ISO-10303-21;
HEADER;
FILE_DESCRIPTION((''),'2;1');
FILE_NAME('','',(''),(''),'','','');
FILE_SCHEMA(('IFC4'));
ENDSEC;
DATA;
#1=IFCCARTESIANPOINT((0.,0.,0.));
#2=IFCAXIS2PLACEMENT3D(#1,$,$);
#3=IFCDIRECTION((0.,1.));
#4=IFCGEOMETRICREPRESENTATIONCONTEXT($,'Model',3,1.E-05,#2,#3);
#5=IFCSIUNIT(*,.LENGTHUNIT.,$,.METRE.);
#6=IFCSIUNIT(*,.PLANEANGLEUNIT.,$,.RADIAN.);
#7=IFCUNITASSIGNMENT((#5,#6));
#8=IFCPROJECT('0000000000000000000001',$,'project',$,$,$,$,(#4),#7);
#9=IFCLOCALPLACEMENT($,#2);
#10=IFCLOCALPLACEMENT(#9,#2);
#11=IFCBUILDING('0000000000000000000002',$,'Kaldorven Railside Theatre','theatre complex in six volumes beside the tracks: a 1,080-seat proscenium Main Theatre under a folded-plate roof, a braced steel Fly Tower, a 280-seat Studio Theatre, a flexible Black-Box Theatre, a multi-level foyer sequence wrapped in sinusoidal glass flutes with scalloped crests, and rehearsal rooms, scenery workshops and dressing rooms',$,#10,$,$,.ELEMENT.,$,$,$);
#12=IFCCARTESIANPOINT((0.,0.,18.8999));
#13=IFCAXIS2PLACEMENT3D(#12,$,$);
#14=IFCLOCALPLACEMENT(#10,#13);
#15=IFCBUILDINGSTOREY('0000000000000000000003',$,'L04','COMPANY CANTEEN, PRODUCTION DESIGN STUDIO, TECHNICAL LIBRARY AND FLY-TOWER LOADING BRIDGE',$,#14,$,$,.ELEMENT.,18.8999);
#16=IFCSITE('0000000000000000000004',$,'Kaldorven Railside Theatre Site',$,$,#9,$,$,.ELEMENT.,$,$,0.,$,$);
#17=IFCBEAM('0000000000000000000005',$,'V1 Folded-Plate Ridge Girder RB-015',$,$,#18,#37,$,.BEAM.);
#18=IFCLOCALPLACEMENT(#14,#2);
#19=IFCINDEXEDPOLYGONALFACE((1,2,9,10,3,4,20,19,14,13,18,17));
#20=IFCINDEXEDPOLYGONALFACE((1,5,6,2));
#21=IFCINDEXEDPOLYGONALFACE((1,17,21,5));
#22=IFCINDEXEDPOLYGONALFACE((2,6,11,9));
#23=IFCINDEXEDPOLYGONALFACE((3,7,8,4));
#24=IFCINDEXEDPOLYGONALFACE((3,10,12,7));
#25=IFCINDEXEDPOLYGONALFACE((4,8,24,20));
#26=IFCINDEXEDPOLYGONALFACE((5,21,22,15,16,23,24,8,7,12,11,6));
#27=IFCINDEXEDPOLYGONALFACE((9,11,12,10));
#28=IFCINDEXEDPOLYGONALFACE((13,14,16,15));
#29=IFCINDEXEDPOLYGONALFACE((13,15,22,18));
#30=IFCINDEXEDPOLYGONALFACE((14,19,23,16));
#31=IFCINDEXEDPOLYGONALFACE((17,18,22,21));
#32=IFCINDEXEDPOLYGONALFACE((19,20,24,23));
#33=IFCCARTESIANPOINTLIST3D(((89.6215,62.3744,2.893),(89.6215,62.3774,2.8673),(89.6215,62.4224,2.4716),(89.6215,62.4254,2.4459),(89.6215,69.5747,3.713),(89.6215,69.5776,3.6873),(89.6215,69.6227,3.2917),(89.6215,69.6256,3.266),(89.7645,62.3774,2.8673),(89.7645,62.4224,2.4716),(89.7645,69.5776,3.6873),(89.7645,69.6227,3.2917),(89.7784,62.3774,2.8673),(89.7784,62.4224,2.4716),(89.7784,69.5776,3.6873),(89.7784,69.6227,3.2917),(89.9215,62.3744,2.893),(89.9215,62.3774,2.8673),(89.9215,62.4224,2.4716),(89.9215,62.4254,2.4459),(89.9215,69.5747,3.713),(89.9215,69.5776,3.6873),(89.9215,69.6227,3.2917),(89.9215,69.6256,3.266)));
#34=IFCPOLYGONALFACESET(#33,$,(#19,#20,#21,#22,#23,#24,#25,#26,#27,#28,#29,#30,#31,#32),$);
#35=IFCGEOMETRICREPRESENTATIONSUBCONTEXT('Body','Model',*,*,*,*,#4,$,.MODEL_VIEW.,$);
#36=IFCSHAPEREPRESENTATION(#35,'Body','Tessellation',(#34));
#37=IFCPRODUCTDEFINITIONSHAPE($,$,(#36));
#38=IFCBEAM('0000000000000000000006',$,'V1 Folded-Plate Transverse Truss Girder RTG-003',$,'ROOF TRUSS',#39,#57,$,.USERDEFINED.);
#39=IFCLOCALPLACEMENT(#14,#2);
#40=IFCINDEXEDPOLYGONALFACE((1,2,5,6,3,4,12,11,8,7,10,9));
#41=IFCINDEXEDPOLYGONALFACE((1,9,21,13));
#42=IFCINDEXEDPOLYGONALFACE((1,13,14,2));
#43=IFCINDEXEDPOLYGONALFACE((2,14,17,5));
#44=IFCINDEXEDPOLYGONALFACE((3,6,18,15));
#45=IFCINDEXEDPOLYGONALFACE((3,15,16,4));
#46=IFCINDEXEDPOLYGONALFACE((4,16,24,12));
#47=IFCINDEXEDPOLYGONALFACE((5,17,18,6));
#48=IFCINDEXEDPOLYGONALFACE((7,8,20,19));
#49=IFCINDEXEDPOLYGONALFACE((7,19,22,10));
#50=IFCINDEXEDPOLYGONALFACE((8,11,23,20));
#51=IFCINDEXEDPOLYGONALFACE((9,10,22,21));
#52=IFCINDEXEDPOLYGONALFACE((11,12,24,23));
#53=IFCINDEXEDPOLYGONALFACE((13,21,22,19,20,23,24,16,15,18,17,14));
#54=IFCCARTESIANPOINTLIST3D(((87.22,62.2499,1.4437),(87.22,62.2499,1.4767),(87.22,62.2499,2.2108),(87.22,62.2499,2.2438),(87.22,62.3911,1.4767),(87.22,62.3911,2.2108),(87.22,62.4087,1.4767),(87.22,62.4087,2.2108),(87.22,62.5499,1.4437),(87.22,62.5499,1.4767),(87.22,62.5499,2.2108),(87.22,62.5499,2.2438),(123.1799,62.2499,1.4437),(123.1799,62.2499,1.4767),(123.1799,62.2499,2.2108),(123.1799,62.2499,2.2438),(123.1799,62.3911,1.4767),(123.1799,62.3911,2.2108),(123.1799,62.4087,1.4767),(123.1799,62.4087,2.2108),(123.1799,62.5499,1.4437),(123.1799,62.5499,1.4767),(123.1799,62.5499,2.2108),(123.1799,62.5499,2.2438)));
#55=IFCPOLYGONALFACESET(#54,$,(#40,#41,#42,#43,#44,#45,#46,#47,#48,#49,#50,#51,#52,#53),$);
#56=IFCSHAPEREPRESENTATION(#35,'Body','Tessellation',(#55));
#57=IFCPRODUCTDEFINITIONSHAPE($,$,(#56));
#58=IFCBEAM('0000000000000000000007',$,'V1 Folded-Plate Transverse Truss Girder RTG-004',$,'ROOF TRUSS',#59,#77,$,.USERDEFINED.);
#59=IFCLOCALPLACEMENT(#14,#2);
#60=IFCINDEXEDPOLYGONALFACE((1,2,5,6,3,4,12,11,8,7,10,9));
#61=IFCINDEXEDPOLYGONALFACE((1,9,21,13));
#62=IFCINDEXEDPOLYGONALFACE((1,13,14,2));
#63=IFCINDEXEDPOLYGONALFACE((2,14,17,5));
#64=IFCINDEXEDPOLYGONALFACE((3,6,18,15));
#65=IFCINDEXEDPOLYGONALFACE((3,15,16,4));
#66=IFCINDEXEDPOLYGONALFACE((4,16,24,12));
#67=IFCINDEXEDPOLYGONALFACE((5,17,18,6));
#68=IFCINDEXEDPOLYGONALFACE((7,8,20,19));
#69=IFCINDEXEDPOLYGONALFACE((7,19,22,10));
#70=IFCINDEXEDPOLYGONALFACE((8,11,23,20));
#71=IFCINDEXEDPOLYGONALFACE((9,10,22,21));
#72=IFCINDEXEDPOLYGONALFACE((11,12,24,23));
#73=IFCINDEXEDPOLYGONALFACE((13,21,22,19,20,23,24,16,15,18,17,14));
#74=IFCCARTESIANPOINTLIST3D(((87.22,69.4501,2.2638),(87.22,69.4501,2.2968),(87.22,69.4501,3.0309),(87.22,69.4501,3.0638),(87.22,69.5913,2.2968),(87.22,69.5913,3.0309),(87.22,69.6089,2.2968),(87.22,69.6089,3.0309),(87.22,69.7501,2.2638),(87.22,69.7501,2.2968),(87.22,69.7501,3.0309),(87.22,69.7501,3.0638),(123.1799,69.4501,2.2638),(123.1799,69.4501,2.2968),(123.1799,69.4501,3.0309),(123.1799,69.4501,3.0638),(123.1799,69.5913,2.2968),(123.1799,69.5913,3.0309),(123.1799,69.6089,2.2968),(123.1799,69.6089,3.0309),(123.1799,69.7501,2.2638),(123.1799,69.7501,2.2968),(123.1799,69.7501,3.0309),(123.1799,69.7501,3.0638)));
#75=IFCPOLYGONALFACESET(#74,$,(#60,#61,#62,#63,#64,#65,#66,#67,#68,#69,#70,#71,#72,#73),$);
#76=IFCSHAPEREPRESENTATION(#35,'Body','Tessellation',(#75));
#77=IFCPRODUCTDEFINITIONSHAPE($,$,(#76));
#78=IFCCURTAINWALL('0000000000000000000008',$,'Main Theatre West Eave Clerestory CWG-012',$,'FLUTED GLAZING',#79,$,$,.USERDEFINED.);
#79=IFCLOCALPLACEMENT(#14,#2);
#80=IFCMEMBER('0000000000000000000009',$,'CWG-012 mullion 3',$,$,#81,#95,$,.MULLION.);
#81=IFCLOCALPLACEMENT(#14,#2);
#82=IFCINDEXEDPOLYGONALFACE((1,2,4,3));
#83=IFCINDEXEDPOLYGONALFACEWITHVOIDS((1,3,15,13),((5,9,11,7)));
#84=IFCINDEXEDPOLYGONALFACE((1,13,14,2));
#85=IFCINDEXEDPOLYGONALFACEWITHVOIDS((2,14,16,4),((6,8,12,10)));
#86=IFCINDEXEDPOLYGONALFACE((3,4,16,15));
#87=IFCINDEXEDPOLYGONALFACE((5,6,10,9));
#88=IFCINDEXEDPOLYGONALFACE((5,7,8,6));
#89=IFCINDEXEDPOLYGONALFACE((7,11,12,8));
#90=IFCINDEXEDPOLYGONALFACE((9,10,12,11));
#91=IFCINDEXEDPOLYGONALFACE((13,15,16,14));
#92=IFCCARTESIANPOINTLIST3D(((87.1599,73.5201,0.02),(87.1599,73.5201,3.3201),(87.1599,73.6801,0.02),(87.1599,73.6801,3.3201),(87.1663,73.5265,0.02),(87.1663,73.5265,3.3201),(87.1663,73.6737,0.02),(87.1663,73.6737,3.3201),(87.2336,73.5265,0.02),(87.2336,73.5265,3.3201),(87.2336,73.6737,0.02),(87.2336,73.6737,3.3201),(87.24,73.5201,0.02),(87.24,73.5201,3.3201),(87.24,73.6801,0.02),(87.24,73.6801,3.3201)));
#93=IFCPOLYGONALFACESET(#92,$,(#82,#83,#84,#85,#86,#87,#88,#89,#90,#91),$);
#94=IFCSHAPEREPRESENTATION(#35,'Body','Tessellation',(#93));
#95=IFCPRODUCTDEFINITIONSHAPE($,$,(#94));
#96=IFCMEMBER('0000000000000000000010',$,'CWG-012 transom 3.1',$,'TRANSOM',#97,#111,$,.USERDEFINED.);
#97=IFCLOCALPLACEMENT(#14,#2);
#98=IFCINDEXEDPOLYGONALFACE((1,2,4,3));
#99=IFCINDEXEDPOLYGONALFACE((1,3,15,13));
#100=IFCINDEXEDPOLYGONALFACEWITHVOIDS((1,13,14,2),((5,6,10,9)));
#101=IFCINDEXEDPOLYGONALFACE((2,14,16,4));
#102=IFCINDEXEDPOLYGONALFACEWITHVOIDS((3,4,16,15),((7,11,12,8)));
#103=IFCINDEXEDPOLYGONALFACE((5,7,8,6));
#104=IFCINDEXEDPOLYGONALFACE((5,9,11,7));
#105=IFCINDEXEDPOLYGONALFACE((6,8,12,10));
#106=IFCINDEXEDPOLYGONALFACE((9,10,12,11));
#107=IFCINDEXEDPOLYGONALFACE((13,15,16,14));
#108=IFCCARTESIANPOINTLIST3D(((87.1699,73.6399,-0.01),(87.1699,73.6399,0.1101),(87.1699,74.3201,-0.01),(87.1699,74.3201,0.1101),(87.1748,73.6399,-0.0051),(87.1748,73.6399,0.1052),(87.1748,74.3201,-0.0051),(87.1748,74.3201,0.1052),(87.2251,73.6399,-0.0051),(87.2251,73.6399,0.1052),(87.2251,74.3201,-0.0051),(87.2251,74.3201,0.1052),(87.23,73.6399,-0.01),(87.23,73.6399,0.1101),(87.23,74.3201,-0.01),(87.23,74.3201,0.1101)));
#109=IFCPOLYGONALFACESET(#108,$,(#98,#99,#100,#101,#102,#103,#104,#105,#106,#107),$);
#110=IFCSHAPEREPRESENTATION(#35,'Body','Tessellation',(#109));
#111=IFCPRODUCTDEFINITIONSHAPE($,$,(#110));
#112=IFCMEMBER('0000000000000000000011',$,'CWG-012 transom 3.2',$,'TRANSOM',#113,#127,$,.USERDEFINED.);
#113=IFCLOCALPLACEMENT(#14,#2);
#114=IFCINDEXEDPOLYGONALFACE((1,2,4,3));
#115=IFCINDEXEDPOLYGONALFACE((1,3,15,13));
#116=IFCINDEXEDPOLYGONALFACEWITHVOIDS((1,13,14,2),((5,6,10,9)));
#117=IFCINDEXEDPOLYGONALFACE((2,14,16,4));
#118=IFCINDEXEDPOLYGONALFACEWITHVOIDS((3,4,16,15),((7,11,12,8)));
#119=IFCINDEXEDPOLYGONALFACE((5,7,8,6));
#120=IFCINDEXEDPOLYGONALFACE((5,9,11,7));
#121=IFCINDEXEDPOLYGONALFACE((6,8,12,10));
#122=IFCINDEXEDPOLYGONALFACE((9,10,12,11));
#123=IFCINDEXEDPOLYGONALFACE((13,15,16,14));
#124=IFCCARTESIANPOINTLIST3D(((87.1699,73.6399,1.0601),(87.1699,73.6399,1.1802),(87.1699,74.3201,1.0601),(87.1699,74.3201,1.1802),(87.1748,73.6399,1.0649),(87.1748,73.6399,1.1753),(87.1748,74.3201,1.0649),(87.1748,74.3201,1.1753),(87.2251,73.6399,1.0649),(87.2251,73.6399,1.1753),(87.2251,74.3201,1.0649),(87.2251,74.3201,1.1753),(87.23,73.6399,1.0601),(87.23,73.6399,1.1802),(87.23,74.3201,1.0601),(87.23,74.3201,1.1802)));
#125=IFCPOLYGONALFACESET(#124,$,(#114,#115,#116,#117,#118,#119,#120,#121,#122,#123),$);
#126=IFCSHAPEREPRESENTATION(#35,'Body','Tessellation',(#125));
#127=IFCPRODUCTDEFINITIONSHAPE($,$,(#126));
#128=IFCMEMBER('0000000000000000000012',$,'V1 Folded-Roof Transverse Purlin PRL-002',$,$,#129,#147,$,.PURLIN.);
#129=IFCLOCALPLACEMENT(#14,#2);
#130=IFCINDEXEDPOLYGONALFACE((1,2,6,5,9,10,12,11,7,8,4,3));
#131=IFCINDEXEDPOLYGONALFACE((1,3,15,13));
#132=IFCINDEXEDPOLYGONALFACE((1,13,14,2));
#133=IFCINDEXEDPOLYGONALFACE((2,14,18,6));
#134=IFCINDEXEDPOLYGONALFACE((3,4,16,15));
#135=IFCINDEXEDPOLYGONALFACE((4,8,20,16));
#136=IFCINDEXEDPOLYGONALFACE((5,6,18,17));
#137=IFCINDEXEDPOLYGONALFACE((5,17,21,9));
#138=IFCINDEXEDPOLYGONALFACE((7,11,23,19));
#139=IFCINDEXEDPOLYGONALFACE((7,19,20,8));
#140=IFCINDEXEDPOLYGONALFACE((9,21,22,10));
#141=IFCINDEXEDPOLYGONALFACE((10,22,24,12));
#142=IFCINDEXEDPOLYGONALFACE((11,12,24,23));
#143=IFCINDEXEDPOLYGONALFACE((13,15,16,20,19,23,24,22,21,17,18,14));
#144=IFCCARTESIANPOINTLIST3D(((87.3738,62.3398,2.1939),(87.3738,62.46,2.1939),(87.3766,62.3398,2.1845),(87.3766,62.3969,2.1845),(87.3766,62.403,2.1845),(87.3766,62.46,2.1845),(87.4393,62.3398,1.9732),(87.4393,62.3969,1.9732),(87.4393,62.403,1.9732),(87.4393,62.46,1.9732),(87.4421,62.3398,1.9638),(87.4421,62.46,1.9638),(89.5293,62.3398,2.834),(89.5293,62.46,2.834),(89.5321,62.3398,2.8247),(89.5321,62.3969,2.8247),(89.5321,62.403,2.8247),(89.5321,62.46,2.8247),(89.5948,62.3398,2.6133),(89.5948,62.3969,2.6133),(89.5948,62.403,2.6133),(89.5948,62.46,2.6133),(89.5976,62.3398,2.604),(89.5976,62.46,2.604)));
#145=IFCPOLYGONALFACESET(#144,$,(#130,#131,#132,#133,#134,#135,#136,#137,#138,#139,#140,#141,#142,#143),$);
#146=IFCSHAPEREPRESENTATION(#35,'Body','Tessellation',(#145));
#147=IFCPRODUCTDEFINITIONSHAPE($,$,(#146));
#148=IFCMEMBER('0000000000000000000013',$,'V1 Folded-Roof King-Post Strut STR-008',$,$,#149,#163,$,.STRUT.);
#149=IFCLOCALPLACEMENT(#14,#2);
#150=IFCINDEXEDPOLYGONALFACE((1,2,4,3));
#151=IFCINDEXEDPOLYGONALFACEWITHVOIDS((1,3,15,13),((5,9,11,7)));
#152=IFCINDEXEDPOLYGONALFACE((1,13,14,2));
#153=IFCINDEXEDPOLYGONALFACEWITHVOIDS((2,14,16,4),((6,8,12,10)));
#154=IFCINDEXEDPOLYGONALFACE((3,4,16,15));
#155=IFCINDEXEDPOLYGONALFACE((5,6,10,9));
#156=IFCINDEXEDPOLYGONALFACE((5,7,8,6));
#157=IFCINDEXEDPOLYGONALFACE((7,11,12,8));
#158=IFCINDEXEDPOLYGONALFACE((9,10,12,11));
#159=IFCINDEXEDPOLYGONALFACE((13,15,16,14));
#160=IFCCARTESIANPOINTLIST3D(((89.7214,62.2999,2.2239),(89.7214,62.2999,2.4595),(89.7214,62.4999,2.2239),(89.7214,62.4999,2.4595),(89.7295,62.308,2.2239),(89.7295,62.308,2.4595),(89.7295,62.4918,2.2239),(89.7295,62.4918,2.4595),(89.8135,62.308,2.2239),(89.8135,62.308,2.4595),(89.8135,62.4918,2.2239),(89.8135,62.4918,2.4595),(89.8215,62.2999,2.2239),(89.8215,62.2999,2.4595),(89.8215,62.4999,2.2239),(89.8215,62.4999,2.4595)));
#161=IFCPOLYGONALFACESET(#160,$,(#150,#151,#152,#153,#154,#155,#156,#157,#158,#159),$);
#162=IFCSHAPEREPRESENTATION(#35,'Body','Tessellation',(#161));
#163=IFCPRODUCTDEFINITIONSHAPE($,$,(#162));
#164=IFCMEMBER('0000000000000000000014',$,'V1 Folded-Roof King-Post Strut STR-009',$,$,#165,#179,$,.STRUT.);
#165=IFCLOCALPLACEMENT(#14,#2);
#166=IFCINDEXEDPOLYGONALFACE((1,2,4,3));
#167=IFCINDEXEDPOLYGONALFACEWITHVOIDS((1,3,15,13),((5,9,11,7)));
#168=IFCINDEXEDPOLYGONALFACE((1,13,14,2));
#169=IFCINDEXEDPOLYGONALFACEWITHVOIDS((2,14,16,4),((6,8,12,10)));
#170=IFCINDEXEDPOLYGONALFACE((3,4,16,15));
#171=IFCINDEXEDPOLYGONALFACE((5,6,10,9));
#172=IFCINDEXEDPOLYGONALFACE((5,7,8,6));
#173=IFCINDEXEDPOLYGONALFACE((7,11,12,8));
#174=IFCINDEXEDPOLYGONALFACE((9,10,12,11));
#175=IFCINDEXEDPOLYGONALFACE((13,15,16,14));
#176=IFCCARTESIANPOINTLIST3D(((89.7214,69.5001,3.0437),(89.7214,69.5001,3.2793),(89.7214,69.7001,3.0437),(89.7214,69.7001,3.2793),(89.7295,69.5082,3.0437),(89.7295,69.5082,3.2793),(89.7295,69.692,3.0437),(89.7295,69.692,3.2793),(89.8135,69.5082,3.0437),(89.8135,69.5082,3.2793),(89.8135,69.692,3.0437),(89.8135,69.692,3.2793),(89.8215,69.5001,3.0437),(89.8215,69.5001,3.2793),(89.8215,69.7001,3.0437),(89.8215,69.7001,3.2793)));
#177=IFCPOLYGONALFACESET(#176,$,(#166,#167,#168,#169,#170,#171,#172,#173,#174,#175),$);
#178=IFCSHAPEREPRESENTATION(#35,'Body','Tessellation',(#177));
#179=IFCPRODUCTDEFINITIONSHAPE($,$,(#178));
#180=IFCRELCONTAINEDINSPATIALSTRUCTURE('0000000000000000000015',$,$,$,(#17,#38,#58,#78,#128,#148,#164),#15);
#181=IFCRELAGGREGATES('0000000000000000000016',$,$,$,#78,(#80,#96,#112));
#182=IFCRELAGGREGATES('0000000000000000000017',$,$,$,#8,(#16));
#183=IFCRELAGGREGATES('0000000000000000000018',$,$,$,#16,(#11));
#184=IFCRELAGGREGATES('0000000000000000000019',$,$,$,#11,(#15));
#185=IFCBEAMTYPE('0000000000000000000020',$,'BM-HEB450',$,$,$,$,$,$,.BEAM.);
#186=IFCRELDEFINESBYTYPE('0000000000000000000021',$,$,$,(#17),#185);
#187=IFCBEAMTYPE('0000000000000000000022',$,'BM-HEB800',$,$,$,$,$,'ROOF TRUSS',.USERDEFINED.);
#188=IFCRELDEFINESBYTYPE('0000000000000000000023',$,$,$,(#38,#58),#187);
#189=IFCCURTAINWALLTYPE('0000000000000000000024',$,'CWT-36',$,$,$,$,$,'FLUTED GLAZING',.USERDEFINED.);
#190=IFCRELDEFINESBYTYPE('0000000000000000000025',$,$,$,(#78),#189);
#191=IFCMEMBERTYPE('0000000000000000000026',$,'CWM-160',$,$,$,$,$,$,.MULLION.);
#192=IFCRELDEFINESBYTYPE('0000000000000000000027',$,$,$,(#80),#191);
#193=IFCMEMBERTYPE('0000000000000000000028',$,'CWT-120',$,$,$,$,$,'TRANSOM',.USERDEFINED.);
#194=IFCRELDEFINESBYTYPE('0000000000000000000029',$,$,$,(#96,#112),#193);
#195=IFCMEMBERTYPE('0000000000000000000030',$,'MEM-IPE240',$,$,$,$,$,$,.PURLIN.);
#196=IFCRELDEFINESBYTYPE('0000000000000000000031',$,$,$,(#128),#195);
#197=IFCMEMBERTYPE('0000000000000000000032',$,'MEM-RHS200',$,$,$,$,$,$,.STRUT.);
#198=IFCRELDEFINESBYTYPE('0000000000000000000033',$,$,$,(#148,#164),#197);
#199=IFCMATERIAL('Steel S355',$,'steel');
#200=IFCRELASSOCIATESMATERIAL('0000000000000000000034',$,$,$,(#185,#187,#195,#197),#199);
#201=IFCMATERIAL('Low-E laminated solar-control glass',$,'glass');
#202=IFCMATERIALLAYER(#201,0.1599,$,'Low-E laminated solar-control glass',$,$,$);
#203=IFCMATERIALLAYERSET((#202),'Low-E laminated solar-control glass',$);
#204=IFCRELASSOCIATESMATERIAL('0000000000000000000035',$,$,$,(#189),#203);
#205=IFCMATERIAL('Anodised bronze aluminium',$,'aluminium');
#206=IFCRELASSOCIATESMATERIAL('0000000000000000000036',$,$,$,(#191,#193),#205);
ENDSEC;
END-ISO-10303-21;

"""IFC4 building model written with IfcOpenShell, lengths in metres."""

from ifc_helpers import new_model, si_unit, direction, frame, origin, origin_2d, place, context, subcontext, project, spatial, hollow_rectangle, i_section, extrude, material, layer, layer_set, material_profile, profile_set, type_object, element, aggregate, save


model = new_model("IFC4")

# Units and contexts
model_context = context("Model", 3, precision=1e-05, world=origin(), true_north=direction((0.0, 1.0)))
body_context = subcontext(model_context, "Body", "Model", "MODEL_VIEW")
ifc_project = project(units=[si_unit("LENGTHUNIT", "METRE"), si_unit("PLANEANGLEUNIT", "RADIAN")], contexts=[model_context])

# Site, building, storey
site_placement = place(None, origin())
site = spatial("IfcSite", under=ifc_project, at=site_placement, Name="Kaldorven Railside Theatre Site", CompositionType="ELEMENT", RefElevation=0.0)
building_placement = place(site_placement, origin())
building = spatial("IfcBuilding", under=site, at=building_placement, Name="Kaldorven Railside Theatre", Description="theatre complex in six volumes beside the tracks: a 1,080-seat proscenium Main Theatre under a folded-plate roof, a braced steel Fly Tower, a 280-seat Studio Theatre, a flexible Black-Box Theatre, a multi-level foyer sequence wrapped in sinusoidal glass flutes with scalloped crests, and rehearsal rooms, scenery workshops and dressing rooms", CompositionType="ELEMENT")
storey_placement = place(building_placement, frame((0.0, 0.0, 18.8999)))
storey = spatial("IfcBuildingStorey", under=building, at=storey_placement, Name="L04", Description="COMPANY CANTEEN, PRODUCTION DESIGN STUDIO, TECHNICAL LIBRARY AND FLY-TOWER LOADING BRIDGE", CompositionType="ELEMENT", Elevation=18.8999)

# Beams
ifc_material_1 = material(Name="Steel S355", Category="steel")
ifc_material_profile_1 = material_profile(ifc_material_1, i_section(OverallWidth=0.3, OverallDepth=0.45, WebThickness=0.0139, FlangeThickness=0.0259, at=origin_2d()), Name="HEB 450")
ifc_profile_set_1 = profile_set([ifc_material_profile_1], Name="Steel S355")
beam_type_1 = type_object("IfcBeamType", Name="BM-HEB450", PredefinedType="BEAM", material=ifc_profile_set_1)
beam_placement = place(storey_placement, frame((89.7715, 62.3999, 2.6694), z_axis=(0.0, 0.993576, 0.113164), x_axis=(-1.0, 0.0, 0.0)))
element("IfcBeam", 1, at=beam_placement, inside=storey, type_object=beam_type_1, Name="V1 Folded-Plate Ridge Girder RB-015", PredefinedType="BEAM", context=body_context, shape_type="SweptSolid", body=[
    extrude(i_section(OverallWidth=0.3, OverallDepth=0.45, WebThickness=0.0139, FlangeThickness=0.0259, at=origin_2d()), origin(), (0.0, 0.0, 1.0), 7.2468),
])
ifc_material_profile_2 = material_profile(ifc_material_1, i_section(OverallWidth=0.3, OverallDepth=0.8, WebThickness=0.0176, FlangeThickness=0.033, at=origin_2d()), Name="HEB 800")
ifc_profile_set_2 = profile_set([ifc_material_profile_2], Name="Steel S355")
beam_type_2 = type_object("IfcBeamType", Name="BM-HEB800", ElementType="ROOF TRUSS", PredefinedType="USERDEFINED", material=ifc_profile_set_2)
for number, where, z_axis, x_axis, name in (
    (2, (87.22, 62.3999, 1.8438), (1.0, 0.0, 0.0), (0.0, 1.0, 0.0), "V1 Folded-Plate Transverse Truss Girder RTG-003"),
    (3, (87.22, 69.6001, 2.6638), (1.0, 0.0, 0.0), (0.0, 1.0, 0.0), "V1 Folded-Plate Transverse Truss Girder RTG-004"),
):
    element("IfcBeam", number, at=place(storey_placement, frame(where, z_axis=z_axis, x_axis=x_axis)), inside=storey, type_object=beam_type_2, Name=name, ObjectType="ROOF TRUSS", PredefinedType="USERDEFINED", context=body_context, shape_type="SweptSolid", body=[
        extrude(i_section(OverallWidth=0.3, OverallDepth=0.8, WebThickness=0.0176, FlangeThickness=0.033, at=origin_2d()), origin(), (0.0, 0.0, 1.0), 35.96),
    ])

# Curtain wall, members
ifc_material_2 = material(Name="Low-E laminated solar-control glass", Category="glass")
ifc_layer_1 = layer(ifc_material_2, 0.1599, Name="Low-E laminated solar-control glass")
ifc_layer_set_1 = layer_set([ifc_layer_1], Name="Low-E laminated solar-control glass")
curtain_wall_type = type_object("IfcCurtainWallType", Name="CWT-36", ElementType="FLUTED GLAZING", PredefinedType="USERDEFINED", material=ifc_layer_set_1)
curtain_wall_placement = place(storey_placement, origin())
curtain_wall = element("IfcCurtainWall", 4, at=curtain_wall_placement, inside=storey, type_object=curtain_wall_type, Name="Main Theatre West Eave Clerestory CWG-012", ObjectType="FLUTED GLAZING", PredefinedType="USERDEFINED")
ifc_material_3 = material(Name="Anodised bronze aluminium", Category="aluminium")
ifc_material_profile_3 = material_profile(ifc_material_3, hollow_rectangle(XDim=0.0801, YDim=0.1599, WallThickness=0.0063, at=origin_2d()), Name="RHS 160x80x6.3")
ifc_profile_set_3 = profile_set([ifc_material_profile_3], Name="Anodised bronze aluminium")
member_type_1 = type_object("IfcMemberType", Name="CWM-160", PredefinedType="MULLION", material=ifc_profile_set_3)
member_1_placement = place(storey_placement, frame((87.2, 73.6001, 0.02), z_axis=(0.0, 0.0, 1.0), x_axis=(-1.0, 0.0, 0.0)))
member_1 = element("IfcMember", 5, at=member_1_placement, type_object=member_type_1, Name="CWG-012 mullion 3", PredefinedType="MULLION", context=body_context, shape_type="SweptSolid", body=[
    extrude(hollow_rectangle(XDim=0.0801, YDim=0.1599, WallThickness=0.0063, at=origin_2d()), origin(), (0.0, 0.0, 1.0), 3.3),
])
ifc_material_profile_4 = material_profile(ifc_material_3, hollow_rectangle(XDim=0.0601, YDim=0.1201, WallThickness=0.0049, at=origin_2d()), Name="RHS 120x60x5")
ifc_profile_set_4 = profile_set([ifc_material_profile_4], Name="Anodised bronze aluminium")
member_type_2 = type_object("IfcMemberType", Name="CWT-120", ElementType="TRANSOM", PredefinedType="USERDEFINED", material=ifc_profile_set_4)
member_2_placement = place(storey_placement, frame((87.2, 73.6399, 0.05), z_axis=(0.0, 1.0, 0.0), x_axis=(-1.0, 0.0, 0.0)))
member_2 = element("IfcMember", 6, at=member_2_placement, type_object=member_type_2, Name="CWG-012 transom 3.1", ObjectType="TRANSOM", PredefinedType="USERDEFINED", context=body_context, shape_type="SweptSolid", body=[
    extrude(hollow_rectangle(XDim=0.0601, YDim=0.1201, WallThickness=0.0049, at=origin_2d()), origin(), (0.0, 0.0, 1.0), 0.6802),
])
member_3_placement = place(storey_placement, frame((87.2, 73.6399, 1.1201), z_axis=(0.0, 1.0, 0.0), x_axis=(-1.0, 0.0, 0.0)))
member_3 = element("IfcMember", 7, at=member_3_placement, type_object=member_type_2, Name="CWG-012 transom 3.2", ObjectType="TRANSOM", PredefinedType="USERDEFINED", context=body_context, shape_type="SweptSolid", body=[
    extrude(hollow_rectangle(XDim=0.0601, YDim=0.1201, WallThickness=0.0049, at=origin_2d()), origin(), (0.0, 0.0, 1.0), 0.6802),
])

# Members
ifc_material_profile_5 = material_profile(ifc_material_1, i_section(OverallWidth=0.1201, OverallDepth=0.24, WebThickness=0.0061, FlangeThickness=0.0098, at=origin_2d()), Name="IPE 240")
ifc_profile_set_5 = profile_set([ifc_material_profile_5], Name="Steel S355")
member_type_3 = type_object("IfcMemberType", Name="MEM-IPE240", PredefinedType="PURLIN", material=ifc_profile_set_5)
member_4_placement = place(storey_placement, frame((87.408, 62.3999, 2.0789), z_axis=(0.95862, 0.0, 0.284687), x_axis=(0.0, 1.0, 0.0)))
element("IfcMember", 8, at=member_4_placement, inside=storey, type_object=member_type_3, Name="V1 Folded-Roof Transverse Purlin PRL-002", PredefinedType="PURLIN", context=body_context, shape_type="SweptSolid", body=[
    extrude(i_section(OverallWidth=0.1201, OverallDepth=0.24, WebThickness=0.0061, FlangeThickness=0.0098, at=origin_2d()), origin(), (0.0, 0.0, 1.0), 2.2485),
])
ifc_material_profile_6 = material_profile(ifc_material_1, hollow_rectangle(XDim=0.1001, YDim=0.2, WallThickness=0.0081, at=origin_2d()), Name="RHS 200x100x8")
ifc_profile_set_6 = profile_set([ifc_material_profile_6], Name="Steel S355")
member_type_4 = type_object("IfcMemberType", Name="MEM-RHS200", PredefinedType="STRUT", material=ifc_profile_set_6)
for number, where, z_axis, x_axis, name in (
    (9, (89.7715, 62.3999, 2.2239), (0.0, 0.0, 1.0), (1.0, 0.0, 0.0), "V1 Folded-Roof King-Post Strut STR-008"),
    (10, (89.7715, 69.6001, 3.0437), (0.0, 0.0, 1.0), (1.0, 0.0, 0.0), "V1 Folded-Roof King-Post Strut STR-009"),
):
    element("IfcMember", number, at=place(storey_placement, frame(where, z_axis=z_axis, x_axis=x_axis)), inside=storey, type_object=member_type_4, Name=name, PredefinedType="STRUT", context=body_context, shape_type="SweptSolid", body=[
        extrude(hollow_rectangle(XDim=0.1001, YDim=0.2, WallThickness=0.0081, at=origin_2d()), origin(), (0.0, 0.0, 1.0), 0.2356),
    ])

aggregate(curtain_wall, [member_1, member_2, member_3])

save(model, "model.ifc")
